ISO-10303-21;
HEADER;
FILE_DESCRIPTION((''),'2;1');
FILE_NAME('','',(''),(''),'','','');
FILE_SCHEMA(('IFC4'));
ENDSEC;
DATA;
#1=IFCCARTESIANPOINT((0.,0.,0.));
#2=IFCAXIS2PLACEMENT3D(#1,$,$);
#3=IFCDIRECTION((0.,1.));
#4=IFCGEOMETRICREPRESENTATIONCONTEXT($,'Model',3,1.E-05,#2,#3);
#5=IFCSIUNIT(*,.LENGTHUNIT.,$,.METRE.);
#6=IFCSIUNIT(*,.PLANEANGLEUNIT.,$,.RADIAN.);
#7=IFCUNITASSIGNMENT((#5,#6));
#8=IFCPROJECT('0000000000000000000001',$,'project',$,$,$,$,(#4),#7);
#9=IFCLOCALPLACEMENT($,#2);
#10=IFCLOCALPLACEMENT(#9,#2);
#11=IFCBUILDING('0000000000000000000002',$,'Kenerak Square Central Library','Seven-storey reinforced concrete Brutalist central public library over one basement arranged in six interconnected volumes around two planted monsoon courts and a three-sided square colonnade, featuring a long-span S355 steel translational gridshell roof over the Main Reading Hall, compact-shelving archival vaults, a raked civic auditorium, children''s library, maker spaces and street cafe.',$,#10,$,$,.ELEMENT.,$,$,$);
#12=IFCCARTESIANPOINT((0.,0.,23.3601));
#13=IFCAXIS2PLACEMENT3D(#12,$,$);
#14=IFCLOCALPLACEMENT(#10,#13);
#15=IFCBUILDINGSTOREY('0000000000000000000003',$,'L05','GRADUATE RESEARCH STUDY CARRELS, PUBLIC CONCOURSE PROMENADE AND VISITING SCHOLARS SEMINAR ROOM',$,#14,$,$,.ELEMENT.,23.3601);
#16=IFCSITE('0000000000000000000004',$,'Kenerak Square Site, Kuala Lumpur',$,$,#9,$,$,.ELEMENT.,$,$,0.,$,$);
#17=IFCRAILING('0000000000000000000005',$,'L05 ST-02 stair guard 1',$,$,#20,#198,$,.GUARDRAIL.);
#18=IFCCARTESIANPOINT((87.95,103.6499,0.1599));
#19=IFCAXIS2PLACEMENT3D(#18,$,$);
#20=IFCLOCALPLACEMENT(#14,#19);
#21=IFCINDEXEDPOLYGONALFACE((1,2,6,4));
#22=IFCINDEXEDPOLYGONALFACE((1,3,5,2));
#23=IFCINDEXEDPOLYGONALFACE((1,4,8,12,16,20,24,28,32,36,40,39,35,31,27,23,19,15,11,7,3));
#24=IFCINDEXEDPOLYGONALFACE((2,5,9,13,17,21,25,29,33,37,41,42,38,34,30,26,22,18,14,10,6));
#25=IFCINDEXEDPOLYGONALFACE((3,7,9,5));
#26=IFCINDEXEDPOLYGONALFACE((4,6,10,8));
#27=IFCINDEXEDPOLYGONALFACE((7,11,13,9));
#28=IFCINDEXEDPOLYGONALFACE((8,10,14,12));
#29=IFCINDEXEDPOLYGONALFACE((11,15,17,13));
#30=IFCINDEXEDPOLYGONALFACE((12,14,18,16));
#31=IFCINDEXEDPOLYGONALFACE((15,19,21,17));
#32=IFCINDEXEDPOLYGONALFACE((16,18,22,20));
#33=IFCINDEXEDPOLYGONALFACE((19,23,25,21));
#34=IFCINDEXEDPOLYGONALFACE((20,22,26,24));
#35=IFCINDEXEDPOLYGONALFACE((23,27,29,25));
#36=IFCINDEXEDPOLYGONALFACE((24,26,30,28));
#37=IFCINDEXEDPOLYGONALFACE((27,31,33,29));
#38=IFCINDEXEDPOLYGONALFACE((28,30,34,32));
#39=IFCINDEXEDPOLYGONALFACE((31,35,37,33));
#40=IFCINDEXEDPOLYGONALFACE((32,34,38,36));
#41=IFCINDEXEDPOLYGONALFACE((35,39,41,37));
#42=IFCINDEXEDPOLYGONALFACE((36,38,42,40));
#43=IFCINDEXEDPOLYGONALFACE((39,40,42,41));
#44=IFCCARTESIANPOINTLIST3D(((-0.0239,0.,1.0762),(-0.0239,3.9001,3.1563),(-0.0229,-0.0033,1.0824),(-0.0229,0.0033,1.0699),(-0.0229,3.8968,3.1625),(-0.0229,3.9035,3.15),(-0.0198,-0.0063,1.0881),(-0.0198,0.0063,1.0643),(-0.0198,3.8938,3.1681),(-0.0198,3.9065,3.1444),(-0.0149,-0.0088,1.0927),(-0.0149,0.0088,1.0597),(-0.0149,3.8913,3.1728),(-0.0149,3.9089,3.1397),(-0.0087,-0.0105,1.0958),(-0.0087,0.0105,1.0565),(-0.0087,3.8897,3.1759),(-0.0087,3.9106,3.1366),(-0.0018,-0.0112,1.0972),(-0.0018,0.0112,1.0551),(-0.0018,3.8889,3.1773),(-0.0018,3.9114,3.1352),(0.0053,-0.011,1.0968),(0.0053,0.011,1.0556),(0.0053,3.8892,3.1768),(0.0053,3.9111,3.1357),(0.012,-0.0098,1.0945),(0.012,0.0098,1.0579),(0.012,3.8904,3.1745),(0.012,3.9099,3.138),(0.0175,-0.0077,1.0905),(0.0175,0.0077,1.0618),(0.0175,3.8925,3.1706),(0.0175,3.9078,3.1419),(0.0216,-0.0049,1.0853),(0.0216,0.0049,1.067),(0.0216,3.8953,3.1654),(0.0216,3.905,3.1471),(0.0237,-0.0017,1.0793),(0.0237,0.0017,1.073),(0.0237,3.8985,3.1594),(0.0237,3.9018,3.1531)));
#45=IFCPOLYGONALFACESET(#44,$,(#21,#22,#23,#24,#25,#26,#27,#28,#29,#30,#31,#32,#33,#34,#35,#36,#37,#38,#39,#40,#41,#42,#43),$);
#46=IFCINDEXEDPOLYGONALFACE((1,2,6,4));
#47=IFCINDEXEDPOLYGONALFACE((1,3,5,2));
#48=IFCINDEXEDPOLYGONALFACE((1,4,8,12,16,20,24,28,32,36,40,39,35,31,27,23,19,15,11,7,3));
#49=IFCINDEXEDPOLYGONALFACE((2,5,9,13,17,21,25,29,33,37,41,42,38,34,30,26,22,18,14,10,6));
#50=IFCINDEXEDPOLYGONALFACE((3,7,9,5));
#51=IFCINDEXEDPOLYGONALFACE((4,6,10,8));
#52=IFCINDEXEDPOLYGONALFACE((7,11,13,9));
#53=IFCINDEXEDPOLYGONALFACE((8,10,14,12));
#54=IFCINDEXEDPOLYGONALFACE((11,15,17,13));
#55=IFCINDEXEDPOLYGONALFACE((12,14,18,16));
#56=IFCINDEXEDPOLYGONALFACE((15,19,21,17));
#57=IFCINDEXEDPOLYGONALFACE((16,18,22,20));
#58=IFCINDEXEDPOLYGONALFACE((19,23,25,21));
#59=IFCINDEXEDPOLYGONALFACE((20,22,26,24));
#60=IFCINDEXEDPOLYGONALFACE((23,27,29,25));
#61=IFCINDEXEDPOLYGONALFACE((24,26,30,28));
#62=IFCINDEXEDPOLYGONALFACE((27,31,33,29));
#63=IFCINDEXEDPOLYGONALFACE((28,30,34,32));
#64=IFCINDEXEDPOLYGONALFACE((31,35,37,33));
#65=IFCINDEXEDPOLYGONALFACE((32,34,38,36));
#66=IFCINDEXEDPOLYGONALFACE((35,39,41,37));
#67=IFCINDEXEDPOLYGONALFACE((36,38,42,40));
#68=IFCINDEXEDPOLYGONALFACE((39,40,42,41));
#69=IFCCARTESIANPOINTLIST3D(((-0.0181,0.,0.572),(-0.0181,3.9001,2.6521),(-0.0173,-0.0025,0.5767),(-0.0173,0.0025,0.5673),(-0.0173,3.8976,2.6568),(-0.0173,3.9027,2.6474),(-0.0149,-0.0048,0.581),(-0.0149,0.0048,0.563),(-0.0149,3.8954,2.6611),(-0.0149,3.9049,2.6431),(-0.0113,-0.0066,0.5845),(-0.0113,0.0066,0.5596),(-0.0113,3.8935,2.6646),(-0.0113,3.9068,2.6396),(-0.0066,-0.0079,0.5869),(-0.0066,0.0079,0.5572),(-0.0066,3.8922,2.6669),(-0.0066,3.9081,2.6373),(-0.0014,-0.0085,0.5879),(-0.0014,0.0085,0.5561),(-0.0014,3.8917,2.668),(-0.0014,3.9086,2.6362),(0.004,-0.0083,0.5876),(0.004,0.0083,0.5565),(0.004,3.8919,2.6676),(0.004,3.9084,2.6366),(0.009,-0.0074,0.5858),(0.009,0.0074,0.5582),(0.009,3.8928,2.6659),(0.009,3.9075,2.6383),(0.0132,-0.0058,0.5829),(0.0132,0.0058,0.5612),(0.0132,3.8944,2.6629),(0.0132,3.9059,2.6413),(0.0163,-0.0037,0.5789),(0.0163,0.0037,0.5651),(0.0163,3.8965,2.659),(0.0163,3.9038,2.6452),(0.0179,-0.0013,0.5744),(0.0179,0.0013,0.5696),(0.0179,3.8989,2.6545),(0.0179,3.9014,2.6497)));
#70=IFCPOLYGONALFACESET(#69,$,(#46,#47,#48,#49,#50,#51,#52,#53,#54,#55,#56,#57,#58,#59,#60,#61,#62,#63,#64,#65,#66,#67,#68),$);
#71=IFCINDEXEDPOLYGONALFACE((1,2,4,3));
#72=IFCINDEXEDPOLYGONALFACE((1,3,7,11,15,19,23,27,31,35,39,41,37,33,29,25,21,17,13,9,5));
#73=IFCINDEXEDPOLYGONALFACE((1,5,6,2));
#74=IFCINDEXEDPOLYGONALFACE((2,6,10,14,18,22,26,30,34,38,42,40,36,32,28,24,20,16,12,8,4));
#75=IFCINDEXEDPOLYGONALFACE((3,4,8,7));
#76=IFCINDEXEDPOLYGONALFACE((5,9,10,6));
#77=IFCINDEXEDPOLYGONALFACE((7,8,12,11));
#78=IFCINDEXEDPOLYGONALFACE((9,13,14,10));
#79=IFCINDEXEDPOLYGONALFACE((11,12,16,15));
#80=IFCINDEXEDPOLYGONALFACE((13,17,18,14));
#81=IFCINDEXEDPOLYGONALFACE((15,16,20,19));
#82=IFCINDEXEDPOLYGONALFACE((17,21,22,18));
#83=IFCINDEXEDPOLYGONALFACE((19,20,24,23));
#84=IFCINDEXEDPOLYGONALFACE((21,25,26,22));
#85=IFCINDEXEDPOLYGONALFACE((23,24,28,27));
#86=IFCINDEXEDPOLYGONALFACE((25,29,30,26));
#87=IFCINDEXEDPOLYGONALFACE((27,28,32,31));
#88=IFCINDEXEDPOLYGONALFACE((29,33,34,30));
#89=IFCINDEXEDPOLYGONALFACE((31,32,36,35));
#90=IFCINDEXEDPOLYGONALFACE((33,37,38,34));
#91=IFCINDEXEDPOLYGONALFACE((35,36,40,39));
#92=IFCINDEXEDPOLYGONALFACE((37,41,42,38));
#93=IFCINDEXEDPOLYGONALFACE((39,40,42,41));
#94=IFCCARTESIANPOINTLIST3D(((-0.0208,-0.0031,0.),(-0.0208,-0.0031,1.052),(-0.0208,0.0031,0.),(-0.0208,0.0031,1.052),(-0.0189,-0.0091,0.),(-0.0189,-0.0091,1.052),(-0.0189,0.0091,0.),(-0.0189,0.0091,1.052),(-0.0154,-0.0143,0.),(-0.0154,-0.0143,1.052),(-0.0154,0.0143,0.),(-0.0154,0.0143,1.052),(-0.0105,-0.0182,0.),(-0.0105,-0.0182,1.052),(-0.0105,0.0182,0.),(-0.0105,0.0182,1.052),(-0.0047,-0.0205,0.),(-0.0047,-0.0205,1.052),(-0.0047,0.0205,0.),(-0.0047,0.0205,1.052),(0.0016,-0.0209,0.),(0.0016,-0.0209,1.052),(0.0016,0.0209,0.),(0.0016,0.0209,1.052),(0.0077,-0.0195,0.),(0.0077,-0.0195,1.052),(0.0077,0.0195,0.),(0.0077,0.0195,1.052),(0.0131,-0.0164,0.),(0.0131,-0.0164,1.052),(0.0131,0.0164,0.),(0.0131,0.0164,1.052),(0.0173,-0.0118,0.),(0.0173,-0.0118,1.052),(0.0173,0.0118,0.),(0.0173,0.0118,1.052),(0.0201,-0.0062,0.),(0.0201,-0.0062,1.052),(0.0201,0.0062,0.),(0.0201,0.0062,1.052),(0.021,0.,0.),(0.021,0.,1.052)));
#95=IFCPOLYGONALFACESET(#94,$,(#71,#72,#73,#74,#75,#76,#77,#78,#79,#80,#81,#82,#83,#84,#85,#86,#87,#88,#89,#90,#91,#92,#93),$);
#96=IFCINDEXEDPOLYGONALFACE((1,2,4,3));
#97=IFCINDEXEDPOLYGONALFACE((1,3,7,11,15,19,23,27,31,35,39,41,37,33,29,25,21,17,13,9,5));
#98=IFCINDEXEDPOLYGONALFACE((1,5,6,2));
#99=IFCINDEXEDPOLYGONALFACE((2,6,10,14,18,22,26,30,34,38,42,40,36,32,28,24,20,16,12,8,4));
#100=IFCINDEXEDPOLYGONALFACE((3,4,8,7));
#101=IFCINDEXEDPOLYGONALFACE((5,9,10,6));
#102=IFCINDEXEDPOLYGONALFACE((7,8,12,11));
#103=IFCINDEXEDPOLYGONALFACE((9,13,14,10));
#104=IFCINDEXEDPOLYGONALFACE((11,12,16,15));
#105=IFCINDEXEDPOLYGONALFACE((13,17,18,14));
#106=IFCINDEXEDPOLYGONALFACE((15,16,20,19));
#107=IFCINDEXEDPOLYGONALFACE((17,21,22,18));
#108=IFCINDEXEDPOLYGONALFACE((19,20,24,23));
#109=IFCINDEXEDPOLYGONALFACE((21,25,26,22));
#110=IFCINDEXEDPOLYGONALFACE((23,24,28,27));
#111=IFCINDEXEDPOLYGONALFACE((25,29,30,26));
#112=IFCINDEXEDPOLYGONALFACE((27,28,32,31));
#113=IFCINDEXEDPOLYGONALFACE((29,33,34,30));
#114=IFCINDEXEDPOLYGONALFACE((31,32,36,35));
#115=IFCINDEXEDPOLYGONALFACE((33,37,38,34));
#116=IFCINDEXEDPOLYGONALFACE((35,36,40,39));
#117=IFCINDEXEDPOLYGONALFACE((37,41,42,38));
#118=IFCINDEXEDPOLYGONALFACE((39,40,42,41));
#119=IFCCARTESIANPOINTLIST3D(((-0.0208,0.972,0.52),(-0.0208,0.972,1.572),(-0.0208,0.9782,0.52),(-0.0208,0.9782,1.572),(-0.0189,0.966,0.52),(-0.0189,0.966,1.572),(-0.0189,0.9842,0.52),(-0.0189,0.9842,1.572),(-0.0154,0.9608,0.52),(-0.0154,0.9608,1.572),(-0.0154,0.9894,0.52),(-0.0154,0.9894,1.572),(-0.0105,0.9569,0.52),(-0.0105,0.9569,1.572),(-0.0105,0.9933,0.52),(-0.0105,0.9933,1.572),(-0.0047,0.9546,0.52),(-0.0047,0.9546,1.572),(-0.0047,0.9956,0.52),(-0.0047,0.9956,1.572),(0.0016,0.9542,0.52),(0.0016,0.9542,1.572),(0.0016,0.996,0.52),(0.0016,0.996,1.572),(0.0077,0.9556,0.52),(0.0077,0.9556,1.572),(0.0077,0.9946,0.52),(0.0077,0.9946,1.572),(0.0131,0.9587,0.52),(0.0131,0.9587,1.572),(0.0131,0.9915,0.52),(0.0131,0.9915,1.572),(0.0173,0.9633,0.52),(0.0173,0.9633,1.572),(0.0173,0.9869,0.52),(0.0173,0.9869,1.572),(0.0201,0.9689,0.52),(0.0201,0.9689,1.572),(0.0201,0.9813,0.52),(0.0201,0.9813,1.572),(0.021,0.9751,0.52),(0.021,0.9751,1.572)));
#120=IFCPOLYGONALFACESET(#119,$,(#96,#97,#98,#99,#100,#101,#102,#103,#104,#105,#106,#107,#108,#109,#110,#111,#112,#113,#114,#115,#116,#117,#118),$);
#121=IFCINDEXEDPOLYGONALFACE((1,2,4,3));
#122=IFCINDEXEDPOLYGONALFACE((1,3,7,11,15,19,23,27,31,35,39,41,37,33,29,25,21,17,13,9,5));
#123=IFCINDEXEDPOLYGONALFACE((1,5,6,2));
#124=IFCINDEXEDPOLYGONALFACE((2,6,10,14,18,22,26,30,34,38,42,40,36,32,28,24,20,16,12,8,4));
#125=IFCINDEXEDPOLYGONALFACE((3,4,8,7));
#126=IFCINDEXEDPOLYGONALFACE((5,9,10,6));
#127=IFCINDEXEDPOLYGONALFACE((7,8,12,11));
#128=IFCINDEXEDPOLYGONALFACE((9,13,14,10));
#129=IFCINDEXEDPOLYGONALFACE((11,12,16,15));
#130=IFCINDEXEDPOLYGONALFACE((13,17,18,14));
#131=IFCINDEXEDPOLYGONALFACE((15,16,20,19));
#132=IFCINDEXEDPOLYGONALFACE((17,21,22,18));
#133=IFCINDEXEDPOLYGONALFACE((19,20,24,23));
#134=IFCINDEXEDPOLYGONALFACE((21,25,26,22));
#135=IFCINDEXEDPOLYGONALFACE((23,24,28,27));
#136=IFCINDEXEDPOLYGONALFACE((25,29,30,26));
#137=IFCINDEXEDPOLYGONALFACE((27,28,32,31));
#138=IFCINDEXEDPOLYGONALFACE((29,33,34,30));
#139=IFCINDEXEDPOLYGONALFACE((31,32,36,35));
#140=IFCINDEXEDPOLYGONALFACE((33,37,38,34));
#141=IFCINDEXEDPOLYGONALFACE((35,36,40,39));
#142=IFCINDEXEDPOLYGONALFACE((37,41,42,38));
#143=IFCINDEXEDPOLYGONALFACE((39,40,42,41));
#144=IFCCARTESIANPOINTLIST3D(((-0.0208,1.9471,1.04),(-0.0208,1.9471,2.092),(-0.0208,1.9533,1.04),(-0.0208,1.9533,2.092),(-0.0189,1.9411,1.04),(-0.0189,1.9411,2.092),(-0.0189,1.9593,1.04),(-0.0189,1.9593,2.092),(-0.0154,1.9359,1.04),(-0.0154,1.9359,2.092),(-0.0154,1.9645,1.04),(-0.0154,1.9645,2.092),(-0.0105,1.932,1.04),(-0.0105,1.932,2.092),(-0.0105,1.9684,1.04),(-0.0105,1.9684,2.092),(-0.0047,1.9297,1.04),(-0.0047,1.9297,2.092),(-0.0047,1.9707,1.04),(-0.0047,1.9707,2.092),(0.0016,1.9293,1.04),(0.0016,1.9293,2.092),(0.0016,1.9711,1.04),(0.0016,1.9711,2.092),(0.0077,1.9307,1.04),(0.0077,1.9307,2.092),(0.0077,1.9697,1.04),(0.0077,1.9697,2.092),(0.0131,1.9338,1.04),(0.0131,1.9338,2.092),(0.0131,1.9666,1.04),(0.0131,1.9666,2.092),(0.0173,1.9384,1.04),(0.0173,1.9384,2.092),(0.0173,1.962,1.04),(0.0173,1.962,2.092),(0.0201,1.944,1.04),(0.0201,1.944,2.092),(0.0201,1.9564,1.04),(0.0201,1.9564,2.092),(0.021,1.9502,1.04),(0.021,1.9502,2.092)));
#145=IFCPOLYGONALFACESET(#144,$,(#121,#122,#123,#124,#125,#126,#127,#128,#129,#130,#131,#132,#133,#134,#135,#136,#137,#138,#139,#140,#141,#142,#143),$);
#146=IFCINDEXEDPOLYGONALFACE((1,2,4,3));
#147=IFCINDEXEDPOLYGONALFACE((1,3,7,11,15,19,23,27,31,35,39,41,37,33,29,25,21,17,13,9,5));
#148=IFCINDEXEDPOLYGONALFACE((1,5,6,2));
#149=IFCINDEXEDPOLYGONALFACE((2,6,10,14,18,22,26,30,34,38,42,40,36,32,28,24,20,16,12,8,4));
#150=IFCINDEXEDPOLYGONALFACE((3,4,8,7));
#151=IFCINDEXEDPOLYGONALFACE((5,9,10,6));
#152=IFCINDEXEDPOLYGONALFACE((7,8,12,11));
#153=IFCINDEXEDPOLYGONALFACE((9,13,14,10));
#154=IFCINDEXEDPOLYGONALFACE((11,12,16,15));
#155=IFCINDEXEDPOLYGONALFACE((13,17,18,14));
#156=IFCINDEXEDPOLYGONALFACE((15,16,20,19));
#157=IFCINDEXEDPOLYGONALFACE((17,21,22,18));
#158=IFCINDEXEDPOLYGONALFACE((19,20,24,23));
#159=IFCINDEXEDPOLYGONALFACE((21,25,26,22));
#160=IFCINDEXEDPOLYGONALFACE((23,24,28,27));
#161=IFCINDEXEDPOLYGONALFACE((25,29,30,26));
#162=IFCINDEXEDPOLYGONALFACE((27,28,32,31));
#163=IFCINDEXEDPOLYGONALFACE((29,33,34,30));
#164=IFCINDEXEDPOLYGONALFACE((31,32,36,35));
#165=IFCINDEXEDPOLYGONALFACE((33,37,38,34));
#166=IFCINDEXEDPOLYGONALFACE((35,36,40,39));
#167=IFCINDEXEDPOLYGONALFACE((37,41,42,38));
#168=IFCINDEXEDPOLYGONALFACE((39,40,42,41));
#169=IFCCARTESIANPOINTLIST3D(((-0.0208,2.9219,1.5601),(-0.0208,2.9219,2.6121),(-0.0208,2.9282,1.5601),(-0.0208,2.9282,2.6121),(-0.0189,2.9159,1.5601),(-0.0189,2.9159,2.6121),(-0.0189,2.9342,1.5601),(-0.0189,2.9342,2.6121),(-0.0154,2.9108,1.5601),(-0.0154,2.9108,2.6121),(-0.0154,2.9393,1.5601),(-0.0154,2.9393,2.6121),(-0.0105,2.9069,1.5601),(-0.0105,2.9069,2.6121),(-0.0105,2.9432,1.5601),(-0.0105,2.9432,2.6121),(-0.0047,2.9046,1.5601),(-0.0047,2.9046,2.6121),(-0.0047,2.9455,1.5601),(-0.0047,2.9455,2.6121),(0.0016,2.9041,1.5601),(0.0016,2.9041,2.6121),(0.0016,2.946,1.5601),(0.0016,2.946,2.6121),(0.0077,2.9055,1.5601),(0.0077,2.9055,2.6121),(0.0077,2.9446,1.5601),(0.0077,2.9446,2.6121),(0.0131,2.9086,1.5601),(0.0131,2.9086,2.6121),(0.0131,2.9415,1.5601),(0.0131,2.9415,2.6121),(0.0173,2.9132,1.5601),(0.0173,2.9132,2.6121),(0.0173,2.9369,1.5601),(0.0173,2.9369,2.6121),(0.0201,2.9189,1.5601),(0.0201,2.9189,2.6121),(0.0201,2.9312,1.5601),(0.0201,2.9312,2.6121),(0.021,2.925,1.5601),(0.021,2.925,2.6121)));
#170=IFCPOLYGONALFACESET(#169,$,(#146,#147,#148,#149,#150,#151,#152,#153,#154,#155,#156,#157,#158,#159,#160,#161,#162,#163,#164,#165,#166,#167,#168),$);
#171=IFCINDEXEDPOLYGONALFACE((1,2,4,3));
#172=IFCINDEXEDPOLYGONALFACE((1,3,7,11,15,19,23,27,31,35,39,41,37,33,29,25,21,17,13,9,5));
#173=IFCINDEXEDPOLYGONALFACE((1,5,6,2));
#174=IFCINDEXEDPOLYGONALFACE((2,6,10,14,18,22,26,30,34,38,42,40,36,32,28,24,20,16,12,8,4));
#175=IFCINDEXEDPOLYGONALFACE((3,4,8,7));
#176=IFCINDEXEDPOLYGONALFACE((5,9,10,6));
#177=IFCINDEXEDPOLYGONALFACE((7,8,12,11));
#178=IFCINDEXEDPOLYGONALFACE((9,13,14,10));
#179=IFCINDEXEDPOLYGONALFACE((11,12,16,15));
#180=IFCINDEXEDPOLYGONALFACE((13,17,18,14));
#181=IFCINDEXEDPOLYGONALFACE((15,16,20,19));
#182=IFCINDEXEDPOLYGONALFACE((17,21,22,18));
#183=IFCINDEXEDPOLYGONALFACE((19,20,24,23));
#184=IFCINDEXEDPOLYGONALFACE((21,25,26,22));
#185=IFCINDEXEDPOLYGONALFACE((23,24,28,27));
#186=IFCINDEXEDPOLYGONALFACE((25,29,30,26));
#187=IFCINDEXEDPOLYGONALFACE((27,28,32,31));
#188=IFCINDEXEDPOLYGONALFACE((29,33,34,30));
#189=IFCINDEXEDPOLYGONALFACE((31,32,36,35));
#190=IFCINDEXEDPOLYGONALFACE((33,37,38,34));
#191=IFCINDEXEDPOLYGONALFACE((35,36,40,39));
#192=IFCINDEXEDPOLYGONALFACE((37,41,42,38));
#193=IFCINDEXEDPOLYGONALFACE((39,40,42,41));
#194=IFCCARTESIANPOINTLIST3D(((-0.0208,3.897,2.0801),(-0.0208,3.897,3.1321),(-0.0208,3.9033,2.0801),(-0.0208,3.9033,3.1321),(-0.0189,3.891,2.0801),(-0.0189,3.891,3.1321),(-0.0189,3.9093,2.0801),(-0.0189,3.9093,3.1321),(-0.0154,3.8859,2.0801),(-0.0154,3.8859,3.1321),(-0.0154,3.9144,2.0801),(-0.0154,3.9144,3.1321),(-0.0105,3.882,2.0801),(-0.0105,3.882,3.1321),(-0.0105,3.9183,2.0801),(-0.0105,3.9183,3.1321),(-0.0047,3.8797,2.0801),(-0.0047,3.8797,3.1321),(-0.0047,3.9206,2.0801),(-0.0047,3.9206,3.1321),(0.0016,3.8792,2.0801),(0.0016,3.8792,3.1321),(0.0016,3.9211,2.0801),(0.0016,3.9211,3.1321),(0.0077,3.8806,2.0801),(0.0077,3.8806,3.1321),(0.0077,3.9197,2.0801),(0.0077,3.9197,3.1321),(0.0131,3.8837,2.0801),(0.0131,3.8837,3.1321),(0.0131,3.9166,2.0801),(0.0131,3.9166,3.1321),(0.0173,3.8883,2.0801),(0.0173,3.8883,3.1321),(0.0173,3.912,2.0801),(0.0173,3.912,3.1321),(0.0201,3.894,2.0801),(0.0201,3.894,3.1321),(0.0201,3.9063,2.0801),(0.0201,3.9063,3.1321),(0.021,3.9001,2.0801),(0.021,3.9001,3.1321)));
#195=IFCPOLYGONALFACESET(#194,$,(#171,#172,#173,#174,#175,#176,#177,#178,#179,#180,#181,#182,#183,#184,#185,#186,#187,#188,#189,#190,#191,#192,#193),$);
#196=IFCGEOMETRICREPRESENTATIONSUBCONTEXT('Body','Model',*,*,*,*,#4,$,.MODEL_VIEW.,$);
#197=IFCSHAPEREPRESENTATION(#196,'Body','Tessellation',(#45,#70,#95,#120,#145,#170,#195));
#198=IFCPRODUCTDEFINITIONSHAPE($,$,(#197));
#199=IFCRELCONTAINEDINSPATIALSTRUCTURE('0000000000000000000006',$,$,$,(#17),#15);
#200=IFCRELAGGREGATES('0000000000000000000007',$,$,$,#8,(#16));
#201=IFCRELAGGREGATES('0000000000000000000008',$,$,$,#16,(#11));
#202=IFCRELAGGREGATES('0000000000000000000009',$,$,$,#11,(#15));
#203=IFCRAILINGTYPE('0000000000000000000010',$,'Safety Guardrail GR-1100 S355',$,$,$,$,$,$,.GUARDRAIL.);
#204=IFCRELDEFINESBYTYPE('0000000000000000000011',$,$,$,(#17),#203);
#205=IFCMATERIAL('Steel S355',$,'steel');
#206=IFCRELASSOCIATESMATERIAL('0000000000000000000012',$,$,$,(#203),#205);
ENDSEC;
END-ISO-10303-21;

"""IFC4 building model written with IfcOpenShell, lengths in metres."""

from ifc_helpers import new_model, si_unit, direction, frame, origin, origin_2d, place, context, subcontext, project, spatial, circle, extrude, material, type_object, element, save


model = new_model("IFC4")

# Units and contexts
model_context = context("Model", 3, precision=1e-05, world=origin(), true_north=direction((0.0, 1.0)))
body_context = subcontext(model_context, "Body", "Model", "MODEL_VIEW")
ifc_project = project(units=[si_unit("LENGTHUNIT", "METRE"), si_unit("PLANEANGLEUNIT", "RADIAN")], contexts=[model_context])

# Site, building, storey
site_placement = place(None, origin())
site = spatial("IfcSite", under=ifc_project, at=site_placement, Name="Kenerak Square Site, Kuala Lumpur", CompositionType="ELEMENT", RefElevation=0.0)
building_placement = place(site_placement, origin())
building = spatial("IfcBuilding", under=site, at=building_placement, Name="Kenerak Square Central Library", Description="Seven-storey reinforced concrete Brutalist central public library over one basement arranged in six interconnected volumes around two planted monsoon courts and a three-sided square colonnade, featuring a long-span S355 steel translational gridshell roof over the Main Reading Hall, compact-shelving archival vaults, a raked civic auditorium, children's library, maker spaces and street cafe.", CompositionType="ELEMENT")
storey_placement = place(building_placement, frame((0.0, 0.0, 23.3601)))
storey = spatial("IfcBuildingStorey", under=building, at=storey_placement, Name="L05", Description="GRADUATE RESEARCH STUDY CARRELS, PUBLIC CONCOURSE PROMENADE AND VISITING SCHOLARS SEMINAR ROOM", CompositionType="ELEMENT", Elevation=23.3601)

# Shared definitions
ifc_material_1 = material(Name="Steel S355", Category="steel")

# Railing
railing_type = type_object("IfcRailingType", Name="Safety Guardrail GR-1100 S355", PredefinedType="GUARDRAIL", material=ifc_material_1)
railing_1_placement = place(storey_placement, frame((87.95, 103.6499, 0.1599)))
element("IfcRailing", 1, at=railing_1_placement, inside=storey, type_object=railing_type, Name="L05 ST-02 stair guard 1", PredefinedType="GUARDRAIL", context=body_context, shape_type="SweptSolid", body=[
    extrude(circle(Radius=0.0239, at=origin_2d()), frame((0.0, 0.0, 1.0762), z_axis=(0.0, 0.882353, 0.470588), x_axis=(-1.0, 0.0, 0.0)), (0.0, 0.0, 1.0), 4.4202),
    extrude(circle(Radius=0.0181, at=origin_2d()), frame((0.0, 0.0, 0.572), z_axis=(0.0, 0.882353, 0.470588), x_axis=(-1.0, 0.0, 0.0)), (0.0, 0.0, 1.0), 4.4202),
    extrude(circle(Radius=0.021, at=origin_2d()), origin(), (0.0, 0.0, 1.0), 1.052),
    extrude(circle(Radius=0.021, at=origin_2d()), frame((0.0, 0.9751, 0.52)), (0.0, 0.0, 1.0), 1.052),
    extrude(circle(Radius=0.021, at=origin_2d()), frame((0.0, 1.9502, 1.04)), (0.0, 0.0, 1.0), 1.052),
    extrude(circle(Radius=0.021, at=origin_2d()), frame((0.0, 2.925, 1.5601)), (0.0, 0.0, 1.0), 1.052),
    extrude(circle(Radius=0.021, at=origin_2d()), frame((0.0, 3.9001, 2.0801)), (0.0, 0.0, 1.0), 1.052),
])

save(model, "model.ifc")
